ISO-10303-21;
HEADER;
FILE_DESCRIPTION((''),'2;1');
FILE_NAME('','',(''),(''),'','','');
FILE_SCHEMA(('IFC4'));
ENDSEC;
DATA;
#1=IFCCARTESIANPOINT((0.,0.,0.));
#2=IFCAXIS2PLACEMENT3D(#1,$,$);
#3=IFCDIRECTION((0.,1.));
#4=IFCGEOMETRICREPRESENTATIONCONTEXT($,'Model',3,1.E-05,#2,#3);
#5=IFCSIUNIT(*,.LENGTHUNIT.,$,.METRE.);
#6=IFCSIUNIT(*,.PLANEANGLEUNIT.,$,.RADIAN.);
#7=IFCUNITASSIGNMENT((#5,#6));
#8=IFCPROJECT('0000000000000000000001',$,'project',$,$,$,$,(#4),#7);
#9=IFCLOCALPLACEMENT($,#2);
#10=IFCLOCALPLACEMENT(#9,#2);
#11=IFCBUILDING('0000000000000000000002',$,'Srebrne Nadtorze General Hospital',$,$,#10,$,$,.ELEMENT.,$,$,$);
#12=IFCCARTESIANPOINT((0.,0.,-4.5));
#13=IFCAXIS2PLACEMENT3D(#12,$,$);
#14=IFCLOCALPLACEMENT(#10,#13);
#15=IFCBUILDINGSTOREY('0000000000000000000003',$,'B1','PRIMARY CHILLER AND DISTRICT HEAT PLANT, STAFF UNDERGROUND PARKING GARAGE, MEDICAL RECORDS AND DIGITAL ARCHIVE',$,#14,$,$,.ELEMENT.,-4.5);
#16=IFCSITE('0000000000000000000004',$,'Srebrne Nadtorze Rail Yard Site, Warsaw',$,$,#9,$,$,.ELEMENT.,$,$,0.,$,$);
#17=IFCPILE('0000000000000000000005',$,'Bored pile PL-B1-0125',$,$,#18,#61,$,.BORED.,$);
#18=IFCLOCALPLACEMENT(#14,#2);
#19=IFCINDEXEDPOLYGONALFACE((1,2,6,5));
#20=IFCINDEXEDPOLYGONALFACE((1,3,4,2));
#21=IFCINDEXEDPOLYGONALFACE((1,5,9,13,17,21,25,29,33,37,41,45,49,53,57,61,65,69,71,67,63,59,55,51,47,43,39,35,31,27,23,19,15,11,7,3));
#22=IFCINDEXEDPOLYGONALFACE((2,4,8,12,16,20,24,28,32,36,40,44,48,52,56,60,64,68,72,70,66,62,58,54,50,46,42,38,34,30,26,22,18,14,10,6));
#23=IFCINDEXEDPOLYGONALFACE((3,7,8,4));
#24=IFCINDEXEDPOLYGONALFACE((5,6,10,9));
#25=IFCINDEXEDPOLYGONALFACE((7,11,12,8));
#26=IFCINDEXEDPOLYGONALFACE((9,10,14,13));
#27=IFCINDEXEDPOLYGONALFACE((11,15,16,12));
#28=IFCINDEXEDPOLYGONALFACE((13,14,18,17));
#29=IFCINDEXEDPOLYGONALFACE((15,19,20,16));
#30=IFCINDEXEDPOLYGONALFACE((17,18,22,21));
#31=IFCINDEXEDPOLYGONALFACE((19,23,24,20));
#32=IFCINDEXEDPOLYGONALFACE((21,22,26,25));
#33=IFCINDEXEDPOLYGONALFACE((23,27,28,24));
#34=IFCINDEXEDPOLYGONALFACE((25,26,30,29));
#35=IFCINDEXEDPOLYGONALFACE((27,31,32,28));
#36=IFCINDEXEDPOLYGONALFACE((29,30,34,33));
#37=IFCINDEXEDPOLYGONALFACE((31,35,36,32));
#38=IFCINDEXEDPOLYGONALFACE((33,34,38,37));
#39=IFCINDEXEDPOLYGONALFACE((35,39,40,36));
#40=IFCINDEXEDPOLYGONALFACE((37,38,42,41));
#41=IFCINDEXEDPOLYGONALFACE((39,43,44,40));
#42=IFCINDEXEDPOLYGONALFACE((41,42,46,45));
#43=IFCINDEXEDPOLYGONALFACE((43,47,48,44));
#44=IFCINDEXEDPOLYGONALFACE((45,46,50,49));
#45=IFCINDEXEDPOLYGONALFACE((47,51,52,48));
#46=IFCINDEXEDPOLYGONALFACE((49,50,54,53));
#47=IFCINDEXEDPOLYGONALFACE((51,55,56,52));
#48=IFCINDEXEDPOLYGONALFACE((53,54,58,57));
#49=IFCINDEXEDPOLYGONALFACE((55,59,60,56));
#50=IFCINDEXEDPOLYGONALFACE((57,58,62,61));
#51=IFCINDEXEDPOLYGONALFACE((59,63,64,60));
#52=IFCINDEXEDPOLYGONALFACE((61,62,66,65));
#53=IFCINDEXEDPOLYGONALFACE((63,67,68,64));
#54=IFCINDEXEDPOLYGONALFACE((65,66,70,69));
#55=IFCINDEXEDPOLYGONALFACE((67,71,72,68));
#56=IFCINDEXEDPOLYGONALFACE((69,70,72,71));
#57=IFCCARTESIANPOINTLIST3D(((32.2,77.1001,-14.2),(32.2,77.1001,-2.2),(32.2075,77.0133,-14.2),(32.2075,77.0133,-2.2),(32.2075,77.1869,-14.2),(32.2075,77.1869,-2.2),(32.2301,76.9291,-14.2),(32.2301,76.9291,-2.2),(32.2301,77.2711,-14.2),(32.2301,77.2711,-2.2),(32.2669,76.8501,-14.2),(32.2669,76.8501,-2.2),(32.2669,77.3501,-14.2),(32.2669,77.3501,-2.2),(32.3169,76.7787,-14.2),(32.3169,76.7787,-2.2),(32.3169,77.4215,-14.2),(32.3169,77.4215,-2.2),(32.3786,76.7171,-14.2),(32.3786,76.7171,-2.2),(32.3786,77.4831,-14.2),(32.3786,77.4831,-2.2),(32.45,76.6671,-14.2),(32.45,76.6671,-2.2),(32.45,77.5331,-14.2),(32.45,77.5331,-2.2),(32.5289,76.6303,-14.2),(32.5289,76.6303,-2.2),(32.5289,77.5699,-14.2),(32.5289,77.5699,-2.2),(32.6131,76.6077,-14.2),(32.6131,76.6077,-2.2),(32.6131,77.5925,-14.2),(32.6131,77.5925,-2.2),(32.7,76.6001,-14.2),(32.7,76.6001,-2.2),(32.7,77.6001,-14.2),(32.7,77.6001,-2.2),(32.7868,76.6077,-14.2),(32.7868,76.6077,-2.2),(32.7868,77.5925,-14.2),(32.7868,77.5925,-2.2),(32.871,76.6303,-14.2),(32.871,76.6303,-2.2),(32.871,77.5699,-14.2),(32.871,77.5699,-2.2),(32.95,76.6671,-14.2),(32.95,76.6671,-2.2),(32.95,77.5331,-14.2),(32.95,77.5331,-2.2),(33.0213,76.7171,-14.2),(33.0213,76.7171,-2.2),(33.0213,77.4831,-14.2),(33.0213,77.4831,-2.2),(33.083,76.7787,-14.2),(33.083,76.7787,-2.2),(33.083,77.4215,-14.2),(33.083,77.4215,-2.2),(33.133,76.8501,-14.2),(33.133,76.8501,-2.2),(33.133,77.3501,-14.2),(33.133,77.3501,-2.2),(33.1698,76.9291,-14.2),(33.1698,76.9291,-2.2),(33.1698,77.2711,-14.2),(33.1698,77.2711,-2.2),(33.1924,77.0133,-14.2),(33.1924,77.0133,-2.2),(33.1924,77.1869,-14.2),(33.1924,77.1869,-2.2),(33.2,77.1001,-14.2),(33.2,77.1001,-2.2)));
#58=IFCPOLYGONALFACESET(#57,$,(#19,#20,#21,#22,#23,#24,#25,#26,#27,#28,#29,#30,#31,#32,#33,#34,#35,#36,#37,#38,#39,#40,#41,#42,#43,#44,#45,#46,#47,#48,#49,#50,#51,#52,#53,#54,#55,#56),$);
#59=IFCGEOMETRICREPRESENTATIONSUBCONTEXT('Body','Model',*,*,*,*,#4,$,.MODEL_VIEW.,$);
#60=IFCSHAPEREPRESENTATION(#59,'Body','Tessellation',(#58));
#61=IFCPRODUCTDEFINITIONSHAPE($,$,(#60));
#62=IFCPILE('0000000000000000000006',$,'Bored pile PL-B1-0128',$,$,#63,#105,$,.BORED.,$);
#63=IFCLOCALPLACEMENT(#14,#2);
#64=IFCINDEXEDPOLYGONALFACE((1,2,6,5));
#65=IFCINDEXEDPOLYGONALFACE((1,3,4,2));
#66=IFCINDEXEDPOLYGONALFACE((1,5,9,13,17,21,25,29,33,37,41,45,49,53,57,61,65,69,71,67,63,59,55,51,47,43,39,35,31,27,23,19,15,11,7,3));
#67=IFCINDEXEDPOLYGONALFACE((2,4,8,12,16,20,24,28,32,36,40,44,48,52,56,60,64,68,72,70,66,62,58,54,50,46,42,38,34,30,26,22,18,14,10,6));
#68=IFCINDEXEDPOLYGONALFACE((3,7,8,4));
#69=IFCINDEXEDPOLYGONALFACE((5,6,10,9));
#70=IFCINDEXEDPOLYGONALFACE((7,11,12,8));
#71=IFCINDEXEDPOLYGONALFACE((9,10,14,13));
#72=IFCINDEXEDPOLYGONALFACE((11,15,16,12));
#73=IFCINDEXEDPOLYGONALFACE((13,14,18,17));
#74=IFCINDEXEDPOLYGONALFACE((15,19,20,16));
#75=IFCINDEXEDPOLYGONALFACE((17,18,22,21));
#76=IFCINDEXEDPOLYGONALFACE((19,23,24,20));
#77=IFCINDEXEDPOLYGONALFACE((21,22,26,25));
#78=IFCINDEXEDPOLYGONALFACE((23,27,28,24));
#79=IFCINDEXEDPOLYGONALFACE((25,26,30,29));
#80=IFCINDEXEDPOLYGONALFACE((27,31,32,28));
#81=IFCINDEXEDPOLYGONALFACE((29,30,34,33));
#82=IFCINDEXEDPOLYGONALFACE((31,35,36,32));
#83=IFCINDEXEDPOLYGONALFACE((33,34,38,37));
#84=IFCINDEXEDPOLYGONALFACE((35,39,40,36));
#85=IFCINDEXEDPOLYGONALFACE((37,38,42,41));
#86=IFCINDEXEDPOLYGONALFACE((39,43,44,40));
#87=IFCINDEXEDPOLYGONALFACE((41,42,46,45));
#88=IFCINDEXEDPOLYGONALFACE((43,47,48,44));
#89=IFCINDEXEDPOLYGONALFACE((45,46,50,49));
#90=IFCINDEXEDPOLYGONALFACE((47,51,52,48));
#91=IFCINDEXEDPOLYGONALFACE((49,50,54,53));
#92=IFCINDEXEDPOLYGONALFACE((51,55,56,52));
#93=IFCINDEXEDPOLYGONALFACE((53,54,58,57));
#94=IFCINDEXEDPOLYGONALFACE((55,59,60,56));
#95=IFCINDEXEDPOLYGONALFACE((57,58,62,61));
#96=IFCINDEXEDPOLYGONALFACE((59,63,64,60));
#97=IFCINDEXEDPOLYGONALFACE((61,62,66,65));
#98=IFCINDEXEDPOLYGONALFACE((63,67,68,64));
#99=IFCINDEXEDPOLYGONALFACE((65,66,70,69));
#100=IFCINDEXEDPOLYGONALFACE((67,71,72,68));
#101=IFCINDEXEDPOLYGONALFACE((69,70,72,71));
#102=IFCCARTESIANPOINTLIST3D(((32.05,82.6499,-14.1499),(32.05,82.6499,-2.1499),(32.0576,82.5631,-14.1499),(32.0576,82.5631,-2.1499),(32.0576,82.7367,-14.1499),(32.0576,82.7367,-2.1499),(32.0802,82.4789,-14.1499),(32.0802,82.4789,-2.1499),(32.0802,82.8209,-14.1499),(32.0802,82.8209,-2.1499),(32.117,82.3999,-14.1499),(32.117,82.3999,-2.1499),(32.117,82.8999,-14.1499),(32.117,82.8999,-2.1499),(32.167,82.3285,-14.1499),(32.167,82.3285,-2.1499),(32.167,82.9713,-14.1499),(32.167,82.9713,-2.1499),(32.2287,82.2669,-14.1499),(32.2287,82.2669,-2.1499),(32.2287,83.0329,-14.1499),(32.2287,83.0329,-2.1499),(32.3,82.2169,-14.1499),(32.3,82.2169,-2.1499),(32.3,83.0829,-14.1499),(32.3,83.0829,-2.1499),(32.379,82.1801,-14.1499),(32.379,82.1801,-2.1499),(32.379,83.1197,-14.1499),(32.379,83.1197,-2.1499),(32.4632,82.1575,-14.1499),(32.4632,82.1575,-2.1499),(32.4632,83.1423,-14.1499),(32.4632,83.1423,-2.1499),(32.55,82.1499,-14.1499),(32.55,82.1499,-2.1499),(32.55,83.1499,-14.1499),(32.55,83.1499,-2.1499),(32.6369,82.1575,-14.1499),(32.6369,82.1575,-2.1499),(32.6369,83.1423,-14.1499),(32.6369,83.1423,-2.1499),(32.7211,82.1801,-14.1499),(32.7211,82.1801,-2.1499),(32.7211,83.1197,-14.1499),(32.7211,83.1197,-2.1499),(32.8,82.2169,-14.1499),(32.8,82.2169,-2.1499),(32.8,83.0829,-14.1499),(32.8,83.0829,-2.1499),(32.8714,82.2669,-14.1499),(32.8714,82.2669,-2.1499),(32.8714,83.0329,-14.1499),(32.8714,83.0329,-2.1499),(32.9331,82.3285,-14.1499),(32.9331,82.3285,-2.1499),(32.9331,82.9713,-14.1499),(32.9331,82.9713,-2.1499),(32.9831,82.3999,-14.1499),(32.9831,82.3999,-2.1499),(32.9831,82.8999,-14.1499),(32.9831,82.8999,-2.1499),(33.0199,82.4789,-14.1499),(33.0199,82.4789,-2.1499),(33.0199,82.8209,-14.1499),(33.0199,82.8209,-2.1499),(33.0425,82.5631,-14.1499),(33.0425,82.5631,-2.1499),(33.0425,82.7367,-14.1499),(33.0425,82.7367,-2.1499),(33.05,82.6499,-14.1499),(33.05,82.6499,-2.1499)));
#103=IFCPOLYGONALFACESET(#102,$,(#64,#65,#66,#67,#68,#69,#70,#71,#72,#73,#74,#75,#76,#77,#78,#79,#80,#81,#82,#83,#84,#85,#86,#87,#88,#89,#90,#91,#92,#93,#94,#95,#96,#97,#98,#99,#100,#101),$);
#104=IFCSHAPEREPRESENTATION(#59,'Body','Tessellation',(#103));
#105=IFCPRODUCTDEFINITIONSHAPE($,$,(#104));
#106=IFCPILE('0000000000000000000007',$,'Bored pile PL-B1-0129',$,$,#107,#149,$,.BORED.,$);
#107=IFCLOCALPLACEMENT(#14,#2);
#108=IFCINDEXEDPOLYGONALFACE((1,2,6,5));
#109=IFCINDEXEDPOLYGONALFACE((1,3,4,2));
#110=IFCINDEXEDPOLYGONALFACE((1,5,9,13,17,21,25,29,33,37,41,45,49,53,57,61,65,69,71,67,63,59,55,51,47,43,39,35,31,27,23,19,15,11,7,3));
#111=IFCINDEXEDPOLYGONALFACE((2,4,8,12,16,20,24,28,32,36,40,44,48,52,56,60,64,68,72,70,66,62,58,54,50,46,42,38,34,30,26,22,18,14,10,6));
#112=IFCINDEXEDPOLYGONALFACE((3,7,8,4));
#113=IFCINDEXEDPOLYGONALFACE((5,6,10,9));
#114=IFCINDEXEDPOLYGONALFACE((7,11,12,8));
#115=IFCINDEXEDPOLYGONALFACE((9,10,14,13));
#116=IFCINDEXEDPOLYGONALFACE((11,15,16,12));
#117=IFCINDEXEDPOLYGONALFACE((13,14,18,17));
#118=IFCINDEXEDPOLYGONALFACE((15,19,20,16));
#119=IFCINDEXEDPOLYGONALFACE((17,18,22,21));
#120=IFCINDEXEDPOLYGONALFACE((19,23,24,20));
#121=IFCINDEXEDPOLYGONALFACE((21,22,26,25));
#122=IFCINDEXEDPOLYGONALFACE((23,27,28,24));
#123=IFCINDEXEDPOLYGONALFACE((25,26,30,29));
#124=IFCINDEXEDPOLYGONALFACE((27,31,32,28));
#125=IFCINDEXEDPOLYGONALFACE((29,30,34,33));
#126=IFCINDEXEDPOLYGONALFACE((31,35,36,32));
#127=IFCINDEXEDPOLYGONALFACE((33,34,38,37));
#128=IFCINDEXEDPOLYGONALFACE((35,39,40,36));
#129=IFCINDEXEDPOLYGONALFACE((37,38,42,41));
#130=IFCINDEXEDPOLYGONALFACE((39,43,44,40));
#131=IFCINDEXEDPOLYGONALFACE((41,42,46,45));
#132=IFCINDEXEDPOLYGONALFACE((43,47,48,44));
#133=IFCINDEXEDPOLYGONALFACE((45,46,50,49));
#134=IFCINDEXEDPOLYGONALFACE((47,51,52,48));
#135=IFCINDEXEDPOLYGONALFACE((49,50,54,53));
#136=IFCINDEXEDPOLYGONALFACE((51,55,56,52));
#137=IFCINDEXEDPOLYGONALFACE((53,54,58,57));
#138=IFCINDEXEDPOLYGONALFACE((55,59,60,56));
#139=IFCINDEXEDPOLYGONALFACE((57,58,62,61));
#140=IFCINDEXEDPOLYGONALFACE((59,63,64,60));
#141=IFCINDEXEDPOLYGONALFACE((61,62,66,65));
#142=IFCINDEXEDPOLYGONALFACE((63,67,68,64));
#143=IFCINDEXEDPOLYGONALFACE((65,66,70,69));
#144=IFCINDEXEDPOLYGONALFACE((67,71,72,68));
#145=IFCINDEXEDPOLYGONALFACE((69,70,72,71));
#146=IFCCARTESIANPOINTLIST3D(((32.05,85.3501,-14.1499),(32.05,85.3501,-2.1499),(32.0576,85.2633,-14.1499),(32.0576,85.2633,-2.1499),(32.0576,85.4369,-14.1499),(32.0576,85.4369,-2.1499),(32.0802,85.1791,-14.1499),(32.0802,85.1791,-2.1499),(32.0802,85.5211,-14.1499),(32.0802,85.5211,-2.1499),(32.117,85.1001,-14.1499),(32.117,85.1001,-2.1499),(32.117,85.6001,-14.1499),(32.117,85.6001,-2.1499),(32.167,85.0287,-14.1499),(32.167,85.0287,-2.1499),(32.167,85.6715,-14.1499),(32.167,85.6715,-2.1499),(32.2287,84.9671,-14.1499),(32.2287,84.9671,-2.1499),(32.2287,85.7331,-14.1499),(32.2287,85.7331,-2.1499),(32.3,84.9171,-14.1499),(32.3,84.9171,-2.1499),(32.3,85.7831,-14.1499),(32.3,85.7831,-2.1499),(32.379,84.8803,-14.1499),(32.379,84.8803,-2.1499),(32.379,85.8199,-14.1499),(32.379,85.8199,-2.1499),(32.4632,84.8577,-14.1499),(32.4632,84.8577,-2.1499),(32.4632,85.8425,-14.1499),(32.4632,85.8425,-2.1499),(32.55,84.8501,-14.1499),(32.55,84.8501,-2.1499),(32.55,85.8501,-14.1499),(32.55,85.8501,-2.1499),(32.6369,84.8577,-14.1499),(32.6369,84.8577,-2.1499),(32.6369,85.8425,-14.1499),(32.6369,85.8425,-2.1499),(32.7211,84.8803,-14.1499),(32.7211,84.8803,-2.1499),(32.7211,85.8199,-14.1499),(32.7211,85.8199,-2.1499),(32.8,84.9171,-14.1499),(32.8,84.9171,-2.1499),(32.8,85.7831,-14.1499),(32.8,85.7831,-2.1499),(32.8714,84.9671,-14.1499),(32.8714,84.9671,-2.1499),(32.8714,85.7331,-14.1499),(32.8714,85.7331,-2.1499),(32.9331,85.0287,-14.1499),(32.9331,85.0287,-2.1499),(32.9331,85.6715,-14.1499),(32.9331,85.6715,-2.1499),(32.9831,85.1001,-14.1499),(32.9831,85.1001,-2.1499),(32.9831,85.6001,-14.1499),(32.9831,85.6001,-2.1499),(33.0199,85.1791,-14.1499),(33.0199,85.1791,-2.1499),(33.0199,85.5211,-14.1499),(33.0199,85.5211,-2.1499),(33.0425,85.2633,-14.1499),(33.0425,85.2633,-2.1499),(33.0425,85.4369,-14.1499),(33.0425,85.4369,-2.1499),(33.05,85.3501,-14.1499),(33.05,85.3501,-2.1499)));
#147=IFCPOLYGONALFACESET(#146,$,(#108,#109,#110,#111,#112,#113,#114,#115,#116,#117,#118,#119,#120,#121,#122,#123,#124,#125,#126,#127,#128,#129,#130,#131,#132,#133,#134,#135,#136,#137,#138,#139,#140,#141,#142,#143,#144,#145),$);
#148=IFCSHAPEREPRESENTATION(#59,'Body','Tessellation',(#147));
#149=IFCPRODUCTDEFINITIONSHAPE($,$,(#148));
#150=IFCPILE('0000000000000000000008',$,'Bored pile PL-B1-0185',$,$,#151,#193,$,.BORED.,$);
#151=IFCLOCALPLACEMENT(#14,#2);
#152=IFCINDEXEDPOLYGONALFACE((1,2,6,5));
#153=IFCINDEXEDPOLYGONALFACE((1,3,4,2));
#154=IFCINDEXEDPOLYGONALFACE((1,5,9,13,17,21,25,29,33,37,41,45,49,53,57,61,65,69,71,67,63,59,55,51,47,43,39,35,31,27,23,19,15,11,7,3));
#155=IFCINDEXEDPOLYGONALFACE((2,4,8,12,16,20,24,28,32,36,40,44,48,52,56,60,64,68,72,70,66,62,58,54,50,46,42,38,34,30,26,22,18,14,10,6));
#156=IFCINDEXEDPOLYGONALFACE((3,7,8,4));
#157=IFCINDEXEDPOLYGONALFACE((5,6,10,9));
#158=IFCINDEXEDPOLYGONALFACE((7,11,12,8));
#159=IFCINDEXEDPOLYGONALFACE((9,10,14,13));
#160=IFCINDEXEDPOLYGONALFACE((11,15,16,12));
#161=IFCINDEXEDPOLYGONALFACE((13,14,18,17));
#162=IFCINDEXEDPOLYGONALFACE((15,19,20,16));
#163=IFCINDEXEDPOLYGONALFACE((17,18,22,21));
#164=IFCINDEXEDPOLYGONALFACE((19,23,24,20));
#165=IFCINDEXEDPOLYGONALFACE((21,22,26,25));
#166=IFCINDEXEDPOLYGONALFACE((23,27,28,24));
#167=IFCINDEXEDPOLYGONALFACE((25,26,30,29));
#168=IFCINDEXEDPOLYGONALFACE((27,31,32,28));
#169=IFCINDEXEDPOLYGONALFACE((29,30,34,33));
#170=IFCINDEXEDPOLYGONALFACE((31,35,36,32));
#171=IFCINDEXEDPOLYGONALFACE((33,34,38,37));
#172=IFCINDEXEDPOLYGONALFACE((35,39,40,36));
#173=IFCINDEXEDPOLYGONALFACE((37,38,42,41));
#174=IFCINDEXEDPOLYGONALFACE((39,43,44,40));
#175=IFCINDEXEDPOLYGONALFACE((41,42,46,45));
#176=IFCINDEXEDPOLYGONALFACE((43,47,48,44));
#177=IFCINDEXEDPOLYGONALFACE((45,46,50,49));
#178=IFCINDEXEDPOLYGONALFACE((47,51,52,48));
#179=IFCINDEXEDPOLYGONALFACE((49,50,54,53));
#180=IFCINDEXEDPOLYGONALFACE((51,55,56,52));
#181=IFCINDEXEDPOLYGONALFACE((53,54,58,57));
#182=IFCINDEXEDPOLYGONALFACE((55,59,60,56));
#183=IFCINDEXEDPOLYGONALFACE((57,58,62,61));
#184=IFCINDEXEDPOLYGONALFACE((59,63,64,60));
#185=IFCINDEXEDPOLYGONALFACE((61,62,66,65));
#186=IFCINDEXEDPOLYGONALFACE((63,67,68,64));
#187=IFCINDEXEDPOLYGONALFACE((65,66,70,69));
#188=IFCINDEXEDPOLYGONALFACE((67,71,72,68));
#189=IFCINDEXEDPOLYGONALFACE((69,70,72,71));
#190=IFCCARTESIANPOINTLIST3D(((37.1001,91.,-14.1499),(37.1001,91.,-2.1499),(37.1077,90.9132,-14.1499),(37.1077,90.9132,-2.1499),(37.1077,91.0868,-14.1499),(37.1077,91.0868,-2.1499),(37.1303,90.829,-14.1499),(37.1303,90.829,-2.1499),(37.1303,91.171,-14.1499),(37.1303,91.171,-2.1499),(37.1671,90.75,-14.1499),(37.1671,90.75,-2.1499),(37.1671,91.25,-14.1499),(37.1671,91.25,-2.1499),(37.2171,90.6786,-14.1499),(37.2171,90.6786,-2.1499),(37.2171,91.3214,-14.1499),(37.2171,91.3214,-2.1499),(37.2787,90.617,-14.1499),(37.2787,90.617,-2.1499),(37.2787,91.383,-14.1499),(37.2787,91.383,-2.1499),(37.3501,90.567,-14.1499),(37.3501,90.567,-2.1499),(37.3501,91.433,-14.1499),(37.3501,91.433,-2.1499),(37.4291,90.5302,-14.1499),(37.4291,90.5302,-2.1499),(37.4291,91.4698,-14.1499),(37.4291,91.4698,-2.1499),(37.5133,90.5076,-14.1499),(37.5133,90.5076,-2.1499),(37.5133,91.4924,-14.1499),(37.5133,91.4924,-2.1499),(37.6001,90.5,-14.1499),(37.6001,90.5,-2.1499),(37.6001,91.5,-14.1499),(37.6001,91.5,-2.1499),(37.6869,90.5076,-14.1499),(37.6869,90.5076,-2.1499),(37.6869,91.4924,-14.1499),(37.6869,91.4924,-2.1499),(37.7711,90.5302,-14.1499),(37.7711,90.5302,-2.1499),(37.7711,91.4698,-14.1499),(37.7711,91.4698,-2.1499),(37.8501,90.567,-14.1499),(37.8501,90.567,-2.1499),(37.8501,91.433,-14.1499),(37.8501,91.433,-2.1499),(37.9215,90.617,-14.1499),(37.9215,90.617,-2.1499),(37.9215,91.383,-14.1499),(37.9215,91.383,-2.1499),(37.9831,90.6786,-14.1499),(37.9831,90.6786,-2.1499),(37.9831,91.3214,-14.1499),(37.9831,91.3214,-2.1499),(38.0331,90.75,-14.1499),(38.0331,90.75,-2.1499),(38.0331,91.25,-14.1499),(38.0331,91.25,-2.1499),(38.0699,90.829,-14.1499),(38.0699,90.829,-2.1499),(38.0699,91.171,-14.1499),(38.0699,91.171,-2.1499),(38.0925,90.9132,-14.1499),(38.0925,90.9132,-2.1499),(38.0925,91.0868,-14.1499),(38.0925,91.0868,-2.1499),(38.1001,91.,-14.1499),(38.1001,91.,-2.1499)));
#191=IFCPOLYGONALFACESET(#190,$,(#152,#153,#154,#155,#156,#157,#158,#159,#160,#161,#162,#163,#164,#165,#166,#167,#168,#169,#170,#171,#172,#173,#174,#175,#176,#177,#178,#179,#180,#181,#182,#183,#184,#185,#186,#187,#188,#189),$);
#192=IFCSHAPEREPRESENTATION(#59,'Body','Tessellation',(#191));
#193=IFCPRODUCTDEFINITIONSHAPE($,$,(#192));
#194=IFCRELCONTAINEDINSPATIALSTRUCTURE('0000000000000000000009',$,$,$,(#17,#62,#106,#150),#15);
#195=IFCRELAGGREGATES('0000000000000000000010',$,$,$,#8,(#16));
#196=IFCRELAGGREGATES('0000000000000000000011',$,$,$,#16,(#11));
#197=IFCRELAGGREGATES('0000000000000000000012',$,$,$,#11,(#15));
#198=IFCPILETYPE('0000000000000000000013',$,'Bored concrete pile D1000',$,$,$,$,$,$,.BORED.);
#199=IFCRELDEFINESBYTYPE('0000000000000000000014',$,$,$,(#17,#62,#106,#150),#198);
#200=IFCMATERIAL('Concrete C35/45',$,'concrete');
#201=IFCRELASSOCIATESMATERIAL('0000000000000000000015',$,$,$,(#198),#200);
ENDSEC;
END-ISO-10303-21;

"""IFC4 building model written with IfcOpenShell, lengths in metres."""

from ifc_helpers import new_model, si_unit, direction, frame, origin, origin_2d, place, context, subcontext, project, spatial, circle, extrude, material, material_profile, profile_set, type_object, element, save


model = new_model("IFC4")

# Units and contexts
model_context = context("Model", 3, precision=1e-05, world=origin(), true_north=direction((0.0, 1.0)))
body_context = subcontext(model_context, "Body", "Model", "MODEL_VIEW")
ifc_project = project(units=[si_unit("LENGTHUNIT", "METRE"), si_unit("PLANEANGLEUNIT", "RADIAN")], contexts=[model_context])

# Site, building, storey
site_placement = place(None, origin())
site = spatial("IfcSite", under=ifc_project, at=site_placement, Name="Srebrne Nadtorze Rail Yard Site, Warsaw", CompositionType="ELEMENT", RefElevation=0.0)
building_placement = place(site_placement, origin())
building = spatial("IfcBuilding", under=site, at=building_placement, Name="Srebrne Nadtorze General Hospital", CompositionType="ELEMENT")
storey_placement = place(building_placement, frame((0.0, 0.0, -4.5)))
storey = spatial("IfcBuildingStorey", under=building, at=storey_placement, Name="B1", Description="PRIMARY CHILLER AND DISTRICT HEAT PLANT, STAFF UNDERGROUND PARKING GARAGE, MEDICAL RECORDS AND DIGITAL ARCHIVE", CompositionType="ELEMENT", Elevation=-4.5)

# Piles
ifc_material_1 = material(Name="Concrete C35/45", Category="concrete")
ifc_material_profile_1 = material_profile(ifc_material_1, circle(Radius=0.5, at=origin_2d()), Name="PILE-D1000")
ifc_profile_set_1 = profile_set([ifc_material_profile_1], Name="Concrete C35/45")
pile_type_1 = type_object("IfcPileType", Name="Bored concrete pile D1000", PredefinedType="BORED", material=ifc_profile_set_1)
for number, where, z_axis, x_axis, name in (
    (1, (32.7, 77.1001, -2.2), (0.0, 0.0, -1.0), (1.0, 0.0, 0.0), "Bored pile PL-B1-0125"),
    (2, (32.55, 82.6499, -2.1499), (0.0, 0.0, -1.0), (1.0, 0.0, 0.0), "Bored pile PL-B1-0128"),
    (3, (32.55, 85.3501, -2.1499), (0.0, 0.0, -1.0), (1.0, 0.0, 0.0), "Bored pile PL-B1-0129"),
    (4, (37.6001, 91.0, -2.1499), (0.0, 0.0, -1.0), (1.0, 0.0, 0.0), "Bored pile PL-B1-0185"),
):
    element("IfcPile", number, at=place(storey_placement, frame(where, z_axis=z_axis, x_axis=x_axis)), inside=storey, type_object=pile_type_1, Name=name, PredefinedType="BORED", context=body_context, shape_type="SweptSolid", body=[
        extrude(circle(Radius=0.5, at=origin_2d()), origin(), (0.0, 0.0, 1.0), 12.0),
    ])

save(model, "model.ifc")
